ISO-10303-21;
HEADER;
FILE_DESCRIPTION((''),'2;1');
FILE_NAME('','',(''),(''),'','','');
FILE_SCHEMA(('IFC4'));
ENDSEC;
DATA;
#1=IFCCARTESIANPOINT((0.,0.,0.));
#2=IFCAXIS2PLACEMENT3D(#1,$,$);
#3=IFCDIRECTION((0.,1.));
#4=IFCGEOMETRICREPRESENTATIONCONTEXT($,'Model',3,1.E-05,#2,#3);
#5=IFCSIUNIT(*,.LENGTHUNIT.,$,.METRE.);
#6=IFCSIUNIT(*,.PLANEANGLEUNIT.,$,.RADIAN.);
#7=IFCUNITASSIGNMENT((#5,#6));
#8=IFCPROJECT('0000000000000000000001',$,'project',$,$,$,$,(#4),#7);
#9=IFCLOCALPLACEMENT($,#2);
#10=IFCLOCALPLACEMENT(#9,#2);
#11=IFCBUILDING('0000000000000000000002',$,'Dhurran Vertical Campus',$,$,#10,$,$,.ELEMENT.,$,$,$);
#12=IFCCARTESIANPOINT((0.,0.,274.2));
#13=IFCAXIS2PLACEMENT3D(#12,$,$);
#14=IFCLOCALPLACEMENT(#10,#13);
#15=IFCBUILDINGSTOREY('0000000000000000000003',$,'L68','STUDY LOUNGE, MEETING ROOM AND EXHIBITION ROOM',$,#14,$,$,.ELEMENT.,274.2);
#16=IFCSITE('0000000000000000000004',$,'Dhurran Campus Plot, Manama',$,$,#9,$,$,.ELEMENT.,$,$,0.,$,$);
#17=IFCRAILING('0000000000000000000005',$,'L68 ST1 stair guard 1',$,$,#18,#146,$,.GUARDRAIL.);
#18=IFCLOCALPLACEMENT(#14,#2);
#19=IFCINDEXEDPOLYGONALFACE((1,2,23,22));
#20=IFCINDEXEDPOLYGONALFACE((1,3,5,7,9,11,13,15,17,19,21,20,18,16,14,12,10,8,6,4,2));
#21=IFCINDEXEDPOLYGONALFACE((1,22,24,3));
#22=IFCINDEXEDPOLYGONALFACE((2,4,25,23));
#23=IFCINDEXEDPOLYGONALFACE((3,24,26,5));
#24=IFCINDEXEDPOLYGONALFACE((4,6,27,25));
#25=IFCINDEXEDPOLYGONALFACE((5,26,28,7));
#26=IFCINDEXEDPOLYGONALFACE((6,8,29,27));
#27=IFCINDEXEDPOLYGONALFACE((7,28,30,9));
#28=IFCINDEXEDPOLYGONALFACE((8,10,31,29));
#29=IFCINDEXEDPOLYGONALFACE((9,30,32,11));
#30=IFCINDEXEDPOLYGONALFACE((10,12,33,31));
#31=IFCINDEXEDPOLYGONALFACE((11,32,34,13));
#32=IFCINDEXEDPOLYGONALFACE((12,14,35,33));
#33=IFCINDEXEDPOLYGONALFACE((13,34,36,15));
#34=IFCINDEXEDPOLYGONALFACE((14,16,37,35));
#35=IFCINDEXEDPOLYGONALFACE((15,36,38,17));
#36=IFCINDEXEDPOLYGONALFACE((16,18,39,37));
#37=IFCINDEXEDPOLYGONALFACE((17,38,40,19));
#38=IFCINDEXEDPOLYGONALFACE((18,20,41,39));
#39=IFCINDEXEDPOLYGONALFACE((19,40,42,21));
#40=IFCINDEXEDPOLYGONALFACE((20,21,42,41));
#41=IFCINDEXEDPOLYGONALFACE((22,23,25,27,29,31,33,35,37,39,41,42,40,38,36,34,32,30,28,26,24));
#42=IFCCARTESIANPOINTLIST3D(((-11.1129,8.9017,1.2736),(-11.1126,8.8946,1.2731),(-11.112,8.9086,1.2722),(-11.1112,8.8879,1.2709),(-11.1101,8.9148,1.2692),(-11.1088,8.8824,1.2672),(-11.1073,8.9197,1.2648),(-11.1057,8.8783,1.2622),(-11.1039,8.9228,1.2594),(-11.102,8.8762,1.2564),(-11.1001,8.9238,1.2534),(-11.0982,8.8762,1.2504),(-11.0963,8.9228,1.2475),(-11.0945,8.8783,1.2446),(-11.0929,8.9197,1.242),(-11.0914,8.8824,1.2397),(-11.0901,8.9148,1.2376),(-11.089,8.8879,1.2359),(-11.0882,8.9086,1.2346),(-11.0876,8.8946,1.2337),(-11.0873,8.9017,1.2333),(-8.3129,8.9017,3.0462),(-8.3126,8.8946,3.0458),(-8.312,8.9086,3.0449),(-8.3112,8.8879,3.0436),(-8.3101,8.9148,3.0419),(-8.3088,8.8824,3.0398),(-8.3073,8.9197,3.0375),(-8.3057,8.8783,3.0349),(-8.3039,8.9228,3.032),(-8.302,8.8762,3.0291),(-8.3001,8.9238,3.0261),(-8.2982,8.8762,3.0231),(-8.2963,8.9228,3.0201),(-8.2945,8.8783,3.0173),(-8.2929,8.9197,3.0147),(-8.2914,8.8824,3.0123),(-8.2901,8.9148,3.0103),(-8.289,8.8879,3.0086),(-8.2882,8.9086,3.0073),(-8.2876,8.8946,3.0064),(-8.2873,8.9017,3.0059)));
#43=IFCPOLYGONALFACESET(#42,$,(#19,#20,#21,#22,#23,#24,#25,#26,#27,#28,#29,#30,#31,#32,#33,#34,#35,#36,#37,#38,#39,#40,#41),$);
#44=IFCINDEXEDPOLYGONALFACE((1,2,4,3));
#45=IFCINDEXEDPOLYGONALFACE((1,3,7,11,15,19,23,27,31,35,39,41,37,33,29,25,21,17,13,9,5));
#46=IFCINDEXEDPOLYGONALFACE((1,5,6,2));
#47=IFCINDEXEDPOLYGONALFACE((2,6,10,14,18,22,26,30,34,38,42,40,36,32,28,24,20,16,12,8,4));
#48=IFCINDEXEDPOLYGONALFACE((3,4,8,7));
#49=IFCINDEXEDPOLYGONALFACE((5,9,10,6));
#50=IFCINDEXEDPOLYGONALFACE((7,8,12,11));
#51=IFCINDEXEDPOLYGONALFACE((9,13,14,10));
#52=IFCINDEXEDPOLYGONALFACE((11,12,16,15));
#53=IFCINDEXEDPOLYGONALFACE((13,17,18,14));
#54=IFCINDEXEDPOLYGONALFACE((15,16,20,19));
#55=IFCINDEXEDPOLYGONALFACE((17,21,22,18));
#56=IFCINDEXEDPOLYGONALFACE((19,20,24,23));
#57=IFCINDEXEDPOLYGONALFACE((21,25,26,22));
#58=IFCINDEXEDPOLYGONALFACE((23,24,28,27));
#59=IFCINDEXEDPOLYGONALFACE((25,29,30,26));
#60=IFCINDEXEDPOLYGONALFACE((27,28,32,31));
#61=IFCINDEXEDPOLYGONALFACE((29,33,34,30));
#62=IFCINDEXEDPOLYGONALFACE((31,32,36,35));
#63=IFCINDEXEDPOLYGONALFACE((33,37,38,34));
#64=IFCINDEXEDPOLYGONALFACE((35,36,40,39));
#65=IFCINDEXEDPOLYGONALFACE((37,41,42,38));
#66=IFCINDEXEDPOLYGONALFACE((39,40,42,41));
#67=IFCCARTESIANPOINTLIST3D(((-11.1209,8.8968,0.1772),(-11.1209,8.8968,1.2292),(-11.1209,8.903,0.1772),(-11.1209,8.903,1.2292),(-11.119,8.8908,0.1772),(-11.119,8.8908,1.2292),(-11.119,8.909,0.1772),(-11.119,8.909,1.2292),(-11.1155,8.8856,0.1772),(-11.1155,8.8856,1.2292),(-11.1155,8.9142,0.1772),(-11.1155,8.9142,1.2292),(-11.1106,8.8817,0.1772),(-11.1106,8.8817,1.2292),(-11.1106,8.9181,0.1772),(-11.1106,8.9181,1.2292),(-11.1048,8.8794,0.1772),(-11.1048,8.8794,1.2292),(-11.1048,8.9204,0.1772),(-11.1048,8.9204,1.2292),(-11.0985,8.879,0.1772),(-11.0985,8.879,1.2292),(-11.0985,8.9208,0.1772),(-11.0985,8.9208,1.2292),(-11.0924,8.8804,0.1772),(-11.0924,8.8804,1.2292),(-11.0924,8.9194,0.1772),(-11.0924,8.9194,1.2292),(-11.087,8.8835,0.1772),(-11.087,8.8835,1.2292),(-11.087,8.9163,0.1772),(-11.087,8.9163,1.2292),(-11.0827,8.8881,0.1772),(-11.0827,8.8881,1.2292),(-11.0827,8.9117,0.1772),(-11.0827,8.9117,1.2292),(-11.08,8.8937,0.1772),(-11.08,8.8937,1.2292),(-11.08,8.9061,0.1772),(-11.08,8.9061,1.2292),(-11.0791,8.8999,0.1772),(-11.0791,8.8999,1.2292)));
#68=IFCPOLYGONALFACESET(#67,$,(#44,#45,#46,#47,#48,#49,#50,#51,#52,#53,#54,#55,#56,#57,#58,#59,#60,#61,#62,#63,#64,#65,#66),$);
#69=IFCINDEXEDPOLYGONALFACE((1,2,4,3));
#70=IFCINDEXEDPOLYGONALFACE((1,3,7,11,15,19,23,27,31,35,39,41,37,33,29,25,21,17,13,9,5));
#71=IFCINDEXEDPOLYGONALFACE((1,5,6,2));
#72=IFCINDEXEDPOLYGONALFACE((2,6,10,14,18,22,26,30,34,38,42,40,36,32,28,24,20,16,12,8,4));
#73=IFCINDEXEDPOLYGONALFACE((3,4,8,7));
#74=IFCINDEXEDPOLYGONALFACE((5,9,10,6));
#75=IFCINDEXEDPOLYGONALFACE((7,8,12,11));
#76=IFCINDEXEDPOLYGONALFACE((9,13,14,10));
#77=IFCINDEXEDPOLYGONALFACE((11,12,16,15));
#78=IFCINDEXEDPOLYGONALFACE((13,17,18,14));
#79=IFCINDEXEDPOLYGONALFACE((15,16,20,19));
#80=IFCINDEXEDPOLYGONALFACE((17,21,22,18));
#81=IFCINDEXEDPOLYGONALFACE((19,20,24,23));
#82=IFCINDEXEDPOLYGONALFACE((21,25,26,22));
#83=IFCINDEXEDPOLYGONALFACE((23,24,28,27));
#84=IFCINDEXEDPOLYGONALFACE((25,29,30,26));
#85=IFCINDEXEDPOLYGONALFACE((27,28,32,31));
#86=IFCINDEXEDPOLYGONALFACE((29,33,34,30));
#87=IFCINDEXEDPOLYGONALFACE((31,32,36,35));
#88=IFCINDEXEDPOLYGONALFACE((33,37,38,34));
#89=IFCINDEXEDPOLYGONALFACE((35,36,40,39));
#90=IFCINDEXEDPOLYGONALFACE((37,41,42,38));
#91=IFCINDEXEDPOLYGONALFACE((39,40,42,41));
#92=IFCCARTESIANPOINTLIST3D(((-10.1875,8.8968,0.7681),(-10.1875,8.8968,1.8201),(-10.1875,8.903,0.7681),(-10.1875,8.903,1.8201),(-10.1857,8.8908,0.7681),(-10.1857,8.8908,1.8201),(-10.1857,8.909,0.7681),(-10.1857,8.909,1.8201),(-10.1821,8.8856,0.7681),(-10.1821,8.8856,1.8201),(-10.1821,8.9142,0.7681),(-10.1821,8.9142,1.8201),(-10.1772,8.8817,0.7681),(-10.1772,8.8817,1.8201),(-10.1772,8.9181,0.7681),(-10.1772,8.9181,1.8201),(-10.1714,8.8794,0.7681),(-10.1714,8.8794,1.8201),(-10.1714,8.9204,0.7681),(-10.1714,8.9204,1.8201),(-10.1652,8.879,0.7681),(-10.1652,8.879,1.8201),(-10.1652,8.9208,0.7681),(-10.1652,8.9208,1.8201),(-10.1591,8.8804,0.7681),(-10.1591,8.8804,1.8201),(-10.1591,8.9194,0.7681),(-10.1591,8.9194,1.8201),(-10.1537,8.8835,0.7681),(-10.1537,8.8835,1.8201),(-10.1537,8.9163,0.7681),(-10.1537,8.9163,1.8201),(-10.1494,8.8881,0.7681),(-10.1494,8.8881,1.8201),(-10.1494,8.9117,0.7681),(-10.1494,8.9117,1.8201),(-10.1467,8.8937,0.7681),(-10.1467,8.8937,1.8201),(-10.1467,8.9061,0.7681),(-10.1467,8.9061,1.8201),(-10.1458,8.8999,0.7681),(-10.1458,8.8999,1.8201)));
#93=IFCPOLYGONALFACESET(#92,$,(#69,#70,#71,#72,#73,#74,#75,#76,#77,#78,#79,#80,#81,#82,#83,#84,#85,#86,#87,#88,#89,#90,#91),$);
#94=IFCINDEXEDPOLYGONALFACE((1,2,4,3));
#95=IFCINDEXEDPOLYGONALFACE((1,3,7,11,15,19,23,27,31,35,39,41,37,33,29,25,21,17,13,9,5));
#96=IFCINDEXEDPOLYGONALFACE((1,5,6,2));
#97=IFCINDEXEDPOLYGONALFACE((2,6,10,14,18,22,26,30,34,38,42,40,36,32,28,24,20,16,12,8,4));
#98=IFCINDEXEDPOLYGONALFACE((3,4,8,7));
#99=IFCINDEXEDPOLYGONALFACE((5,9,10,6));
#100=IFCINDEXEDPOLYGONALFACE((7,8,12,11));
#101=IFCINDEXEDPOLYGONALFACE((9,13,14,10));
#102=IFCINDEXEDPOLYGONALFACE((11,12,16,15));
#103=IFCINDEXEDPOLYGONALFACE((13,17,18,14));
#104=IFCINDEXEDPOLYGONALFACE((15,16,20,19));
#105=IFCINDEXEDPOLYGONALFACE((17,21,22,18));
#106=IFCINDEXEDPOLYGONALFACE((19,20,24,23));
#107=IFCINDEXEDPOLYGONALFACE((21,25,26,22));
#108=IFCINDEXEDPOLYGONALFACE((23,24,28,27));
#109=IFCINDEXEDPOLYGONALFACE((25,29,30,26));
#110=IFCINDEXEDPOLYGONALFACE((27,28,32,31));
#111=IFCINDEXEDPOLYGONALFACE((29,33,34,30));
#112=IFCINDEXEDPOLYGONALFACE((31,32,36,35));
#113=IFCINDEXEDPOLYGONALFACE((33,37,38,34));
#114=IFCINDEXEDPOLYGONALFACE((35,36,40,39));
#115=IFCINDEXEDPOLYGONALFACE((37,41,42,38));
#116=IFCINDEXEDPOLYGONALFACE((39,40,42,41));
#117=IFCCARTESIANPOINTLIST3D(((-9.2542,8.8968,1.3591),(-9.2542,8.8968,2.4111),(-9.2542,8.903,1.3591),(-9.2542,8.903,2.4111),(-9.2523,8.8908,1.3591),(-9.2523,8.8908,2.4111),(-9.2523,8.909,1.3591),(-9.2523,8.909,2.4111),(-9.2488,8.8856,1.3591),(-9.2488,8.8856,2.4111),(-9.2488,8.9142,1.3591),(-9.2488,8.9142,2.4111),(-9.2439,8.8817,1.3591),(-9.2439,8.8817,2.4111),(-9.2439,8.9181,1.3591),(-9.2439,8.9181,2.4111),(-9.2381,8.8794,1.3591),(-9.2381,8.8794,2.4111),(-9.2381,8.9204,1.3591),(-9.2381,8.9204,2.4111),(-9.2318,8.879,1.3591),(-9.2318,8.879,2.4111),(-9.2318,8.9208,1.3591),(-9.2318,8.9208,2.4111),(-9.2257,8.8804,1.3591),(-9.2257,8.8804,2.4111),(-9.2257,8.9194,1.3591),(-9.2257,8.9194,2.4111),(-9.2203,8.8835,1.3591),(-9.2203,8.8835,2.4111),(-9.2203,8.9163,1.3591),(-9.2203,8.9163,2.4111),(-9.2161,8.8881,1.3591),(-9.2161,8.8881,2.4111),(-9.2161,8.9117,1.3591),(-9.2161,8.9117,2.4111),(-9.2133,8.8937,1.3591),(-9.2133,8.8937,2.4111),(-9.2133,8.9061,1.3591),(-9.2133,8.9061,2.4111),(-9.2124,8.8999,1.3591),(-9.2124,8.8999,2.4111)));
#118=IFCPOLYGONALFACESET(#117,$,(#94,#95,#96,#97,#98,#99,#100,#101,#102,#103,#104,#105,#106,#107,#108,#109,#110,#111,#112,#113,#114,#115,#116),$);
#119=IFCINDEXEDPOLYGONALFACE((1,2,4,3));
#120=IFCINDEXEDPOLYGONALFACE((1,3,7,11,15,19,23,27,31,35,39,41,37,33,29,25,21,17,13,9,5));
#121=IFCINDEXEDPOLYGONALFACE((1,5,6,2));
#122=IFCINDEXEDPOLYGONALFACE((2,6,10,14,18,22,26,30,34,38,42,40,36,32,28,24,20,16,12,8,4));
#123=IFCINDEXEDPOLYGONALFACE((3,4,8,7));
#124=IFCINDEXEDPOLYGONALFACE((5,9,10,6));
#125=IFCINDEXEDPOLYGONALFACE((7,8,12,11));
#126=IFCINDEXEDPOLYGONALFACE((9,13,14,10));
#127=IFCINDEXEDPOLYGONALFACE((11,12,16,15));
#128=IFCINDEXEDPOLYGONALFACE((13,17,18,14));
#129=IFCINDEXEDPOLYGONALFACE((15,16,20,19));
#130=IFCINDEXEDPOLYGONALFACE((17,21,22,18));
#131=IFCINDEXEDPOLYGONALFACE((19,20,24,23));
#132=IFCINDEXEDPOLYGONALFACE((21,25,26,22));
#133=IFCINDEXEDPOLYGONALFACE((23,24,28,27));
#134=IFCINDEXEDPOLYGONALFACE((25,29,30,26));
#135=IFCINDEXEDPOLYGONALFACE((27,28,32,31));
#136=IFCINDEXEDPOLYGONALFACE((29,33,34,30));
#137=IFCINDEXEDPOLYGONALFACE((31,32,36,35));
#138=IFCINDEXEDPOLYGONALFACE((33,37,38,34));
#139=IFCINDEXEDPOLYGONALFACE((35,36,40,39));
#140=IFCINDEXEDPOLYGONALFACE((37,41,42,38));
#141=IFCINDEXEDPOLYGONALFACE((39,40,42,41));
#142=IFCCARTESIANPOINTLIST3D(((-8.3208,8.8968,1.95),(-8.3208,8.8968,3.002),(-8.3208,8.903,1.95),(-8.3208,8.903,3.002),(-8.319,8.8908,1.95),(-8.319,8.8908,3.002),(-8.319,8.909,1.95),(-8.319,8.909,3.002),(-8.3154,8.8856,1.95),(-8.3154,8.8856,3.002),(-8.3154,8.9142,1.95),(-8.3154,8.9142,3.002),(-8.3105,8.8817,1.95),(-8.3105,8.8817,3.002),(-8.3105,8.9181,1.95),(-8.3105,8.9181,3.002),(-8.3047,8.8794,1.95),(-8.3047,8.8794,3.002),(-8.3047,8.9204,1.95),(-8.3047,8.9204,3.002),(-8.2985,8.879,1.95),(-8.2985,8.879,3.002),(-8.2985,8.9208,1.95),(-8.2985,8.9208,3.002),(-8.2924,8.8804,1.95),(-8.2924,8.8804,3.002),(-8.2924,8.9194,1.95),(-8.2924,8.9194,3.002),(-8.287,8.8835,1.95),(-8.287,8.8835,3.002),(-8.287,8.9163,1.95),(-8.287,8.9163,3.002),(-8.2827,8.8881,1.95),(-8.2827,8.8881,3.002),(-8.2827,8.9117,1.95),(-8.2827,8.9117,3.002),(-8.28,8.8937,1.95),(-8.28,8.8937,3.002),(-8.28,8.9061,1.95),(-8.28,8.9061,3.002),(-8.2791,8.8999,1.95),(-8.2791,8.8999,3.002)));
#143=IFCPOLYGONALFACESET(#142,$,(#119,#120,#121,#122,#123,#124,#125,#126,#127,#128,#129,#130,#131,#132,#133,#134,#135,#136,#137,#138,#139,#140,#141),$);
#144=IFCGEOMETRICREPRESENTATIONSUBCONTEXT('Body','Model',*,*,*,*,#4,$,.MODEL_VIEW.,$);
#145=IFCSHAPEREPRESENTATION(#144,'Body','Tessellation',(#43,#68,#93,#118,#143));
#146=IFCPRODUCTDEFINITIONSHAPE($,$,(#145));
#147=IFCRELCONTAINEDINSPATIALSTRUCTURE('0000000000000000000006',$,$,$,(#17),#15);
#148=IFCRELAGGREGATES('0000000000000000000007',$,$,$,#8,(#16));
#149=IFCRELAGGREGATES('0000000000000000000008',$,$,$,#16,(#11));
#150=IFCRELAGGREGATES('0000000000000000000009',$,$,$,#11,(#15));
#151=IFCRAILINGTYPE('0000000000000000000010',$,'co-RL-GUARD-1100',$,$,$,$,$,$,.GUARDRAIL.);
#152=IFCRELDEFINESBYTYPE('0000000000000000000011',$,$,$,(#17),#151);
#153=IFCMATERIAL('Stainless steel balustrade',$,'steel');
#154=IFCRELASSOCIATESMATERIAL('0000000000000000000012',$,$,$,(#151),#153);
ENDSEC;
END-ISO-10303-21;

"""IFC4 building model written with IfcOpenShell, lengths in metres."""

from ifc_helpers import new_model, si_unit, direction, frame, origin, origin_2d, place, context, subcontext, project, spatial, circle, extrude, material, type_object, element, save


model = new_model("IFC4")

# Units and contexts
model_context = context("Model", 3, precision=1e-05, world=origin(), true_north=direction((0.0, 1.0)))
body_context = subcontext(model_context, "Body", "Model", "MODEL_VIEW")
ifc_project = project(units=[si_unit("LENGTHUNIT", "METRE"), si_unit("PLANEANGLEUNIT", "RADIAN")], contexts=[model_context])

# Site, building, storey
site_placement = place(None, origin())
site = spatial("IfcSite", under=ifc_project, at=site_placement, Name="Dhurran Campus Plot, Manama", CompositionType="ELEMENT", RefElevation=0.0)
building_placement = place(site_placement, origin())
building = spatial("IfcBuilding", under=site, at=building_placement, Name="Dhurran Vertical Campus", CompositionType="ELEMENT")
storey_placement = place(building_placement, frame((0.0, 0.0, 274.2)))
storey = spatial("IfcBuildingStorey", under=building, at=storey_placement, Name="L68", Description="STUDY LOUNGE, MEETING ROOM AND EXHIBITION ROOM", CompositionType="ELEMENT", Elevation=274.2)

# Railing
ifc_material_1 = material(Name="Stainless steel balustrade", Category="steel")
railing_type_1 = type_object("IfcRailingType", Name="co-RL-GUARD-1100", PredefinedType="GUARDRAIL", material=ifc_material_1)
railing_1_placement = place(storey_placement, frame((-11.1001, 8.8999, 0.1772)))
element("IfcRailing", 1, at=railing_1_placement, inside=storey, type_object=railing_type_1, Name="L68 ST1 stair guard 1", PredefinedType="GUARDRAIL", context=body_context, shape_type="SweptSolid", body=[
    extrude(circle(Radius=0.0239, at=origin_2d()), frame((0.0, 0.0, 1.0762), z_axis=(0.844909, 0.0, 0.53491), x_axis=(0.0, 1.0, 0.0)), (0.0, 0.0, 1.0), 3.314),
    extrude(circle(Radius=0.021, at=origin_2d()), origin(), (0.0, 0.0, 1.0), 1.052),
    extrude(circle(Radius=0.021, at=origin_2d()), frame((0.9333, 0.0, 0.5908)), (0.0, 0.0, 1.0), 1.052),
    extrude(circle(Radius=0.021, at=origin_2d()), frame((1.8667, 0.0, 1.1819)), (0.0, 0.0, 1.0), 1.052),
    extrude(circle(Radius=0.021, at=origin_2d()), frame((2.8, 0.0, 1.7727)), (0.0, 0.0, 1.0), 1.052),
])

save(model, "model.ifc")
